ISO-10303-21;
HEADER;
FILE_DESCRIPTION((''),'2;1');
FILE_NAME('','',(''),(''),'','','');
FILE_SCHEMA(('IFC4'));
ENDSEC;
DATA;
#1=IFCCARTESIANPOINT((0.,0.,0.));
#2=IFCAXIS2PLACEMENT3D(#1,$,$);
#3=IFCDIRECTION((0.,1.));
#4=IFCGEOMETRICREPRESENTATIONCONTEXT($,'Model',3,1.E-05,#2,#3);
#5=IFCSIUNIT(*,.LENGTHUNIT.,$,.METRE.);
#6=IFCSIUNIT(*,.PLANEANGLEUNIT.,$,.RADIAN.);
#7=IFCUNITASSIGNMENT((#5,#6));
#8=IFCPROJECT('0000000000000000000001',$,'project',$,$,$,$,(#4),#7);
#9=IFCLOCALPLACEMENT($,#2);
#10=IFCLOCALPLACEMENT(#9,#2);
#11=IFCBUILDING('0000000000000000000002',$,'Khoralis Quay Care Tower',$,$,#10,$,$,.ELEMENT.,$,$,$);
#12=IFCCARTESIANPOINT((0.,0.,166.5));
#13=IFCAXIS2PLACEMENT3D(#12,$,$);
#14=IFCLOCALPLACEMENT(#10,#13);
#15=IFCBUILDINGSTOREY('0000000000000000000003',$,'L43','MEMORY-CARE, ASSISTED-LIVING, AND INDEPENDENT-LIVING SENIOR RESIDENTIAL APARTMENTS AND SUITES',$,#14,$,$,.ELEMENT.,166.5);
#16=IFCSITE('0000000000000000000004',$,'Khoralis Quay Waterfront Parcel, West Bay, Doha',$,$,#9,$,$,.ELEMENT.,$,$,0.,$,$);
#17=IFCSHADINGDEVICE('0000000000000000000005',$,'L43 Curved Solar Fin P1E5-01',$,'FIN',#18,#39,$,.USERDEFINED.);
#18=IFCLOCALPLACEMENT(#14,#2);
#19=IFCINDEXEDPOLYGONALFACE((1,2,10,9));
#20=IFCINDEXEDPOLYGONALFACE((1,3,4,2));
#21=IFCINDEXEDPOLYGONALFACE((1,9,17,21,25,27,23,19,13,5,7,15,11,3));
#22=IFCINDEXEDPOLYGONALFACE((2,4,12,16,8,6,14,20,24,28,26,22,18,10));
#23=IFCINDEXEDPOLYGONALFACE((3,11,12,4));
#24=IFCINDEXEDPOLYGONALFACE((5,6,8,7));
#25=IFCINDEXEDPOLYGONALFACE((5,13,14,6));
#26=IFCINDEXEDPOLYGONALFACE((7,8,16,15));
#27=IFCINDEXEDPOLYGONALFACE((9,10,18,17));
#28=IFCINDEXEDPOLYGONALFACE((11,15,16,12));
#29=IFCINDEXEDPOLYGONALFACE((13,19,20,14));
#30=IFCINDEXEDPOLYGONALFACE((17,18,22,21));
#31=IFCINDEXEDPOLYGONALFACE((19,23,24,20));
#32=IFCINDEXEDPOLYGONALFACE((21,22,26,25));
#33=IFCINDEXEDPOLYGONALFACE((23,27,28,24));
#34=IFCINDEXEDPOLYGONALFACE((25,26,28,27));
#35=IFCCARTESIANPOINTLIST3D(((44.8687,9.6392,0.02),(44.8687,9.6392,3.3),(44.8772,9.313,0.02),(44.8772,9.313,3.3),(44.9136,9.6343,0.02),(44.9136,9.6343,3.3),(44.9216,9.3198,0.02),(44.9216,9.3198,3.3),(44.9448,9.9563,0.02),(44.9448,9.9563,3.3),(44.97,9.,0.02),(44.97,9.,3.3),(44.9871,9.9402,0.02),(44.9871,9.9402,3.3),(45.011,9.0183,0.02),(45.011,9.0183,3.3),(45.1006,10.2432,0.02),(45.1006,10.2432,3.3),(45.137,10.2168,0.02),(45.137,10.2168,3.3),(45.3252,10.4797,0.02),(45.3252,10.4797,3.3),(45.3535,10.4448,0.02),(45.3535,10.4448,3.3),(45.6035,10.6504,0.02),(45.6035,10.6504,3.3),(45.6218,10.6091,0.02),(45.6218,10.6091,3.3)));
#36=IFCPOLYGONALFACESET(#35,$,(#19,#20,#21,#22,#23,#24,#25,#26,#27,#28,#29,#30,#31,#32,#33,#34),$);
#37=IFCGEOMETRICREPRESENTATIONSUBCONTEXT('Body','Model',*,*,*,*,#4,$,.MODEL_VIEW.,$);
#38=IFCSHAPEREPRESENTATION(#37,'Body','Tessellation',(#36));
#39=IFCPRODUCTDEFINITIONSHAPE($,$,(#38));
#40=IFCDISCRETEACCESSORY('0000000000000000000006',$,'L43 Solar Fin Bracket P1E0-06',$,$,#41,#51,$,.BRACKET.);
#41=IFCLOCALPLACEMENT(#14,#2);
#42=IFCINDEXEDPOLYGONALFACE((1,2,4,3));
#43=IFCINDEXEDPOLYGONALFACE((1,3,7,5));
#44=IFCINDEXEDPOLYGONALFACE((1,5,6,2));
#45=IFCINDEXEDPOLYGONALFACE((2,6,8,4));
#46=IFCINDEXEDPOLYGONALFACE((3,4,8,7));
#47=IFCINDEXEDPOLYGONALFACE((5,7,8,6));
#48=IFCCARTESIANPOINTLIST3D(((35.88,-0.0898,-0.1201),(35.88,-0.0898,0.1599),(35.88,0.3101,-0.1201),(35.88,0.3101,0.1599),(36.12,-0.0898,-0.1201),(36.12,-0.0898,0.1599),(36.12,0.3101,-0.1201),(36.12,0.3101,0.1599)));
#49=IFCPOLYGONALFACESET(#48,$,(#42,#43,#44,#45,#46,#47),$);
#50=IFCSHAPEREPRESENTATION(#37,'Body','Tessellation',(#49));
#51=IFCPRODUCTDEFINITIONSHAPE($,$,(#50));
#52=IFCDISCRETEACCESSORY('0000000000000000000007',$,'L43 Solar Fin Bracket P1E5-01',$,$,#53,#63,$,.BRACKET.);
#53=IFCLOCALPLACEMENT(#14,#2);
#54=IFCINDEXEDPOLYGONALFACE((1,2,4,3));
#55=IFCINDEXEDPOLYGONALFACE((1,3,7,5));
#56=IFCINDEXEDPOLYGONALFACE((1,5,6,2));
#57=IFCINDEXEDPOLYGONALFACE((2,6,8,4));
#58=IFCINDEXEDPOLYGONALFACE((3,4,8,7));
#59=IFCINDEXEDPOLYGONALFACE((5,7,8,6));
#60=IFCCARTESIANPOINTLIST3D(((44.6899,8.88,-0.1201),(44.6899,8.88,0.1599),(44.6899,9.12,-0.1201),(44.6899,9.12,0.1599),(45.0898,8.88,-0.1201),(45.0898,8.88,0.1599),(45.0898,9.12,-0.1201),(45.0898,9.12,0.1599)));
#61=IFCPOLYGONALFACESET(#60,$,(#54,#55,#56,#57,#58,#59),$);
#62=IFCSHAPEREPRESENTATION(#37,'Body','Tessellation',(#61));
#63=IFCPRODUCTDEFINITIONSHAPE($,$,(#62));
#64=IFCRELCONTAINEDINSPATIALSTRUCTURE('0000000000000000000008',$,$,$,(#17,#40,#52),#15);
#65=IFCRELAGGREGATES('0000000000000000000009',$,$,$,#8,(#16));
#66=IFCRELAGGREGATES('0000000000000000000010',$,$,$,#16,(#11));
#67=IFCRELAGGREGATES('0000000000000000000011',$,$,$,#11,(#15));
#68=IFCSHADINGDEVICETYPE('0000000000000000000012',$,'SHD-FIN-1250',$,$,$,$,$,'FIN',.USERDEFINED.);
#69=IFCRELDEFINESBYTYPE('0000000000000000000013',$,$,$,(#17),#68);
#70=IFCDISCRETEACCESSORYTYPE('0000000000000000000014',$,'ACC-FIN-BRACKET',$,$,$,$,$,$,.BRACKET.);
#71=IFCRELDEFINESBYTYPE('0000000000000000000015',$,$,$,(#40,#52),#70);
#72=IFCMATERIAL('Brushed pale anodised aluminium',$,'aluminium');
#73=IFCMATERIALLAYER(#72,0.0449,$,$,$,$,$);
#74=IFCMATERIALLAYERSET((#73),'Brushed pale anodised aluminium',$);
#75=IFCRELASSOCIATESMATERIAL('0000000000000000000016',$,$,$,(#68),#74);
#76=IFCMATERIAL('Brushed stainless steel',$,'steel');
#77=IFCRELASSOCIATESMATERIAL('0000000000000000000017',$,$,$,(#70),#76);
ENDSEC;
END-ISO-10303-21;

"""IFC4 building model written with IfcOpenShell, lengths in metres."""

from ifc_helpers import new_model, si_unit, direction, frame, origin, origin_2d, place, context, subcontext, project, spatial, polyline, rectangle, outline, extrude, source, transform, mapped, material, layer, layer_set, type_object, element, save


model = new_model("IFC4")

# Units and contexts
model_context = context("Model", 3, precision=1e-05, world=origin(), true_north=direction((0.0, 1.0)))
body_context = subcontext(model_context, "Body", "Model", "MODEL_VIEW")
ifc_project = project(units=[si_unit("LENGTHUNIT", "METRE"), si_unit("PLANEANGLEUNIT", "RADIAN")], contexts=[model_context])

# Site, building, storey
site_placement = place(None, origin())
site = spatial("IfcSite", under=ifc_project, at=site_placement, Name="Khoralis Quay Waterfront Parcel, West Bay, Doha", CompositionType="ELEMENT", RefElevation=0.0)
building_placement = place(site_placement, origin())
building = spatial("IfcBuilding", under=site, at=building_placement, Name="Khoralis Quay Care Tower", CompositionType="ELEMENT")
storey_placement = place(building_placement, frame((0.0, 0.0, 166.5)))
storey = spatial("IfcBuildingStorey", under=building, at=storey_placement, Name="L43", Description="MEMORY-CARE, ASSISTED-LIVING, AND INDEPENDENT-LIVING SENIOR RESIDENTIAL APARTMENTS AND SUITES", CompositionType="ELEMENT", Elevation=166.5)

# Shading device
ifc_material_1 = material(Name="Brushed pale anodised aluminium", Category="aluminium")
ifc_layer_1 = layer(ifc_material_1, 0.0449)
ifc_layer_set_1 = layer_set([ifc_layer_1], Name="Brushed pale anodised aluminium")
shading_device_type = type_object("IfcShadingDeviceType", Name="SHD-FIN-1250", ElementType="FIN", PredefinedType="USERDEFINED", material=ifc_layer_set_1)
shared_shape_1 = source(origin(), body_context, "Body", "SweptSolid", [
    extrude(outline(polyline([(0.0, 0.0), (-0.0928, 0.313), (-0.1013, 0.6392), (-0.0251, 0.9563), (0.1306, 1.2432), (0.3552, 1.4797), (0.6335, 1.6504), (0.6519, 1.6091), (0.3835, 1.4448), (0.167, 1.2168), (0.0171, 0.9402), (-0.0564, 0.6343), (-0.0483, 0.3198), (0.041, 0.0183), (0.0, 0.0)])), origin(), (0.0, 0.0, 1.0), 3.28),
])
shading_device_1_placement = place(storey_placement, frame((44.97, 9.0, 0.02), z_axis=(0.0, 0.0, 1.0), x_axis=(1.0, 0.0, 0.0)))
element("IfcShadingDevice", 1, at=shading_device_1_placement, inside=storey, type_object=shading_device_type, Name="L43 Curved Solar Fin P1E5-01", ObjectType="FIN", PredefinedType="USERDEFINED", context=body_context, shape_type="MappedRepresentation", body=[
    mapped(shared_shape_1, transform((0.0, 0.0, 0.0), scale=1.0)),
])

# Discrete accessories
ifc_material_2 = material(Name="Brushed stainless steel", Category="steel")
discrete_accessory_type = type_object("IfcDiscreteAccessoryType", Name="ACC-FIN-BRACKET", PredefinedType="BRACKET", material=ifc_material_2)
shared_shape_2 = source(origin(), body_context, "Body", "SweptSolid", [
    extrude(rectangle(XDim=0.3999, YDim=0.24, at=origin_2d()), origin(), (0.0, 0.0, 1.0), 0.28),
])
for number, where, z_axis, x_axis, name in (
    (2, (36.0, 0.1101, -0.1201), (0.0, 0.0, 1.0), (0.0, -1.0, 0.0), "L43 Solar Fin Bracket P1E0-06"),
    (3, (44.8899, 9.0, -0.1201), (0.0, 0.0, 1.0), (1.0, 0.0, 0.0), "L43 Solar Fin Bracket P1E5-01"),
):
    element("IfcDiscreteAccessory", number, at=place(storey_placement, frame(where, z_axis=z_axis, x_axis=x_axis)), inside=storey, type_object=discrete_accessory_type, Name=name, PredefinedType="BRACKET", context=body_context, shape_type="MappedRepresentation", body=[
        mapped(shared_shape_2, transform((0.0, 0.0, 0.0), scale=1.0)),
    ])

save(model, "model.ifc")
